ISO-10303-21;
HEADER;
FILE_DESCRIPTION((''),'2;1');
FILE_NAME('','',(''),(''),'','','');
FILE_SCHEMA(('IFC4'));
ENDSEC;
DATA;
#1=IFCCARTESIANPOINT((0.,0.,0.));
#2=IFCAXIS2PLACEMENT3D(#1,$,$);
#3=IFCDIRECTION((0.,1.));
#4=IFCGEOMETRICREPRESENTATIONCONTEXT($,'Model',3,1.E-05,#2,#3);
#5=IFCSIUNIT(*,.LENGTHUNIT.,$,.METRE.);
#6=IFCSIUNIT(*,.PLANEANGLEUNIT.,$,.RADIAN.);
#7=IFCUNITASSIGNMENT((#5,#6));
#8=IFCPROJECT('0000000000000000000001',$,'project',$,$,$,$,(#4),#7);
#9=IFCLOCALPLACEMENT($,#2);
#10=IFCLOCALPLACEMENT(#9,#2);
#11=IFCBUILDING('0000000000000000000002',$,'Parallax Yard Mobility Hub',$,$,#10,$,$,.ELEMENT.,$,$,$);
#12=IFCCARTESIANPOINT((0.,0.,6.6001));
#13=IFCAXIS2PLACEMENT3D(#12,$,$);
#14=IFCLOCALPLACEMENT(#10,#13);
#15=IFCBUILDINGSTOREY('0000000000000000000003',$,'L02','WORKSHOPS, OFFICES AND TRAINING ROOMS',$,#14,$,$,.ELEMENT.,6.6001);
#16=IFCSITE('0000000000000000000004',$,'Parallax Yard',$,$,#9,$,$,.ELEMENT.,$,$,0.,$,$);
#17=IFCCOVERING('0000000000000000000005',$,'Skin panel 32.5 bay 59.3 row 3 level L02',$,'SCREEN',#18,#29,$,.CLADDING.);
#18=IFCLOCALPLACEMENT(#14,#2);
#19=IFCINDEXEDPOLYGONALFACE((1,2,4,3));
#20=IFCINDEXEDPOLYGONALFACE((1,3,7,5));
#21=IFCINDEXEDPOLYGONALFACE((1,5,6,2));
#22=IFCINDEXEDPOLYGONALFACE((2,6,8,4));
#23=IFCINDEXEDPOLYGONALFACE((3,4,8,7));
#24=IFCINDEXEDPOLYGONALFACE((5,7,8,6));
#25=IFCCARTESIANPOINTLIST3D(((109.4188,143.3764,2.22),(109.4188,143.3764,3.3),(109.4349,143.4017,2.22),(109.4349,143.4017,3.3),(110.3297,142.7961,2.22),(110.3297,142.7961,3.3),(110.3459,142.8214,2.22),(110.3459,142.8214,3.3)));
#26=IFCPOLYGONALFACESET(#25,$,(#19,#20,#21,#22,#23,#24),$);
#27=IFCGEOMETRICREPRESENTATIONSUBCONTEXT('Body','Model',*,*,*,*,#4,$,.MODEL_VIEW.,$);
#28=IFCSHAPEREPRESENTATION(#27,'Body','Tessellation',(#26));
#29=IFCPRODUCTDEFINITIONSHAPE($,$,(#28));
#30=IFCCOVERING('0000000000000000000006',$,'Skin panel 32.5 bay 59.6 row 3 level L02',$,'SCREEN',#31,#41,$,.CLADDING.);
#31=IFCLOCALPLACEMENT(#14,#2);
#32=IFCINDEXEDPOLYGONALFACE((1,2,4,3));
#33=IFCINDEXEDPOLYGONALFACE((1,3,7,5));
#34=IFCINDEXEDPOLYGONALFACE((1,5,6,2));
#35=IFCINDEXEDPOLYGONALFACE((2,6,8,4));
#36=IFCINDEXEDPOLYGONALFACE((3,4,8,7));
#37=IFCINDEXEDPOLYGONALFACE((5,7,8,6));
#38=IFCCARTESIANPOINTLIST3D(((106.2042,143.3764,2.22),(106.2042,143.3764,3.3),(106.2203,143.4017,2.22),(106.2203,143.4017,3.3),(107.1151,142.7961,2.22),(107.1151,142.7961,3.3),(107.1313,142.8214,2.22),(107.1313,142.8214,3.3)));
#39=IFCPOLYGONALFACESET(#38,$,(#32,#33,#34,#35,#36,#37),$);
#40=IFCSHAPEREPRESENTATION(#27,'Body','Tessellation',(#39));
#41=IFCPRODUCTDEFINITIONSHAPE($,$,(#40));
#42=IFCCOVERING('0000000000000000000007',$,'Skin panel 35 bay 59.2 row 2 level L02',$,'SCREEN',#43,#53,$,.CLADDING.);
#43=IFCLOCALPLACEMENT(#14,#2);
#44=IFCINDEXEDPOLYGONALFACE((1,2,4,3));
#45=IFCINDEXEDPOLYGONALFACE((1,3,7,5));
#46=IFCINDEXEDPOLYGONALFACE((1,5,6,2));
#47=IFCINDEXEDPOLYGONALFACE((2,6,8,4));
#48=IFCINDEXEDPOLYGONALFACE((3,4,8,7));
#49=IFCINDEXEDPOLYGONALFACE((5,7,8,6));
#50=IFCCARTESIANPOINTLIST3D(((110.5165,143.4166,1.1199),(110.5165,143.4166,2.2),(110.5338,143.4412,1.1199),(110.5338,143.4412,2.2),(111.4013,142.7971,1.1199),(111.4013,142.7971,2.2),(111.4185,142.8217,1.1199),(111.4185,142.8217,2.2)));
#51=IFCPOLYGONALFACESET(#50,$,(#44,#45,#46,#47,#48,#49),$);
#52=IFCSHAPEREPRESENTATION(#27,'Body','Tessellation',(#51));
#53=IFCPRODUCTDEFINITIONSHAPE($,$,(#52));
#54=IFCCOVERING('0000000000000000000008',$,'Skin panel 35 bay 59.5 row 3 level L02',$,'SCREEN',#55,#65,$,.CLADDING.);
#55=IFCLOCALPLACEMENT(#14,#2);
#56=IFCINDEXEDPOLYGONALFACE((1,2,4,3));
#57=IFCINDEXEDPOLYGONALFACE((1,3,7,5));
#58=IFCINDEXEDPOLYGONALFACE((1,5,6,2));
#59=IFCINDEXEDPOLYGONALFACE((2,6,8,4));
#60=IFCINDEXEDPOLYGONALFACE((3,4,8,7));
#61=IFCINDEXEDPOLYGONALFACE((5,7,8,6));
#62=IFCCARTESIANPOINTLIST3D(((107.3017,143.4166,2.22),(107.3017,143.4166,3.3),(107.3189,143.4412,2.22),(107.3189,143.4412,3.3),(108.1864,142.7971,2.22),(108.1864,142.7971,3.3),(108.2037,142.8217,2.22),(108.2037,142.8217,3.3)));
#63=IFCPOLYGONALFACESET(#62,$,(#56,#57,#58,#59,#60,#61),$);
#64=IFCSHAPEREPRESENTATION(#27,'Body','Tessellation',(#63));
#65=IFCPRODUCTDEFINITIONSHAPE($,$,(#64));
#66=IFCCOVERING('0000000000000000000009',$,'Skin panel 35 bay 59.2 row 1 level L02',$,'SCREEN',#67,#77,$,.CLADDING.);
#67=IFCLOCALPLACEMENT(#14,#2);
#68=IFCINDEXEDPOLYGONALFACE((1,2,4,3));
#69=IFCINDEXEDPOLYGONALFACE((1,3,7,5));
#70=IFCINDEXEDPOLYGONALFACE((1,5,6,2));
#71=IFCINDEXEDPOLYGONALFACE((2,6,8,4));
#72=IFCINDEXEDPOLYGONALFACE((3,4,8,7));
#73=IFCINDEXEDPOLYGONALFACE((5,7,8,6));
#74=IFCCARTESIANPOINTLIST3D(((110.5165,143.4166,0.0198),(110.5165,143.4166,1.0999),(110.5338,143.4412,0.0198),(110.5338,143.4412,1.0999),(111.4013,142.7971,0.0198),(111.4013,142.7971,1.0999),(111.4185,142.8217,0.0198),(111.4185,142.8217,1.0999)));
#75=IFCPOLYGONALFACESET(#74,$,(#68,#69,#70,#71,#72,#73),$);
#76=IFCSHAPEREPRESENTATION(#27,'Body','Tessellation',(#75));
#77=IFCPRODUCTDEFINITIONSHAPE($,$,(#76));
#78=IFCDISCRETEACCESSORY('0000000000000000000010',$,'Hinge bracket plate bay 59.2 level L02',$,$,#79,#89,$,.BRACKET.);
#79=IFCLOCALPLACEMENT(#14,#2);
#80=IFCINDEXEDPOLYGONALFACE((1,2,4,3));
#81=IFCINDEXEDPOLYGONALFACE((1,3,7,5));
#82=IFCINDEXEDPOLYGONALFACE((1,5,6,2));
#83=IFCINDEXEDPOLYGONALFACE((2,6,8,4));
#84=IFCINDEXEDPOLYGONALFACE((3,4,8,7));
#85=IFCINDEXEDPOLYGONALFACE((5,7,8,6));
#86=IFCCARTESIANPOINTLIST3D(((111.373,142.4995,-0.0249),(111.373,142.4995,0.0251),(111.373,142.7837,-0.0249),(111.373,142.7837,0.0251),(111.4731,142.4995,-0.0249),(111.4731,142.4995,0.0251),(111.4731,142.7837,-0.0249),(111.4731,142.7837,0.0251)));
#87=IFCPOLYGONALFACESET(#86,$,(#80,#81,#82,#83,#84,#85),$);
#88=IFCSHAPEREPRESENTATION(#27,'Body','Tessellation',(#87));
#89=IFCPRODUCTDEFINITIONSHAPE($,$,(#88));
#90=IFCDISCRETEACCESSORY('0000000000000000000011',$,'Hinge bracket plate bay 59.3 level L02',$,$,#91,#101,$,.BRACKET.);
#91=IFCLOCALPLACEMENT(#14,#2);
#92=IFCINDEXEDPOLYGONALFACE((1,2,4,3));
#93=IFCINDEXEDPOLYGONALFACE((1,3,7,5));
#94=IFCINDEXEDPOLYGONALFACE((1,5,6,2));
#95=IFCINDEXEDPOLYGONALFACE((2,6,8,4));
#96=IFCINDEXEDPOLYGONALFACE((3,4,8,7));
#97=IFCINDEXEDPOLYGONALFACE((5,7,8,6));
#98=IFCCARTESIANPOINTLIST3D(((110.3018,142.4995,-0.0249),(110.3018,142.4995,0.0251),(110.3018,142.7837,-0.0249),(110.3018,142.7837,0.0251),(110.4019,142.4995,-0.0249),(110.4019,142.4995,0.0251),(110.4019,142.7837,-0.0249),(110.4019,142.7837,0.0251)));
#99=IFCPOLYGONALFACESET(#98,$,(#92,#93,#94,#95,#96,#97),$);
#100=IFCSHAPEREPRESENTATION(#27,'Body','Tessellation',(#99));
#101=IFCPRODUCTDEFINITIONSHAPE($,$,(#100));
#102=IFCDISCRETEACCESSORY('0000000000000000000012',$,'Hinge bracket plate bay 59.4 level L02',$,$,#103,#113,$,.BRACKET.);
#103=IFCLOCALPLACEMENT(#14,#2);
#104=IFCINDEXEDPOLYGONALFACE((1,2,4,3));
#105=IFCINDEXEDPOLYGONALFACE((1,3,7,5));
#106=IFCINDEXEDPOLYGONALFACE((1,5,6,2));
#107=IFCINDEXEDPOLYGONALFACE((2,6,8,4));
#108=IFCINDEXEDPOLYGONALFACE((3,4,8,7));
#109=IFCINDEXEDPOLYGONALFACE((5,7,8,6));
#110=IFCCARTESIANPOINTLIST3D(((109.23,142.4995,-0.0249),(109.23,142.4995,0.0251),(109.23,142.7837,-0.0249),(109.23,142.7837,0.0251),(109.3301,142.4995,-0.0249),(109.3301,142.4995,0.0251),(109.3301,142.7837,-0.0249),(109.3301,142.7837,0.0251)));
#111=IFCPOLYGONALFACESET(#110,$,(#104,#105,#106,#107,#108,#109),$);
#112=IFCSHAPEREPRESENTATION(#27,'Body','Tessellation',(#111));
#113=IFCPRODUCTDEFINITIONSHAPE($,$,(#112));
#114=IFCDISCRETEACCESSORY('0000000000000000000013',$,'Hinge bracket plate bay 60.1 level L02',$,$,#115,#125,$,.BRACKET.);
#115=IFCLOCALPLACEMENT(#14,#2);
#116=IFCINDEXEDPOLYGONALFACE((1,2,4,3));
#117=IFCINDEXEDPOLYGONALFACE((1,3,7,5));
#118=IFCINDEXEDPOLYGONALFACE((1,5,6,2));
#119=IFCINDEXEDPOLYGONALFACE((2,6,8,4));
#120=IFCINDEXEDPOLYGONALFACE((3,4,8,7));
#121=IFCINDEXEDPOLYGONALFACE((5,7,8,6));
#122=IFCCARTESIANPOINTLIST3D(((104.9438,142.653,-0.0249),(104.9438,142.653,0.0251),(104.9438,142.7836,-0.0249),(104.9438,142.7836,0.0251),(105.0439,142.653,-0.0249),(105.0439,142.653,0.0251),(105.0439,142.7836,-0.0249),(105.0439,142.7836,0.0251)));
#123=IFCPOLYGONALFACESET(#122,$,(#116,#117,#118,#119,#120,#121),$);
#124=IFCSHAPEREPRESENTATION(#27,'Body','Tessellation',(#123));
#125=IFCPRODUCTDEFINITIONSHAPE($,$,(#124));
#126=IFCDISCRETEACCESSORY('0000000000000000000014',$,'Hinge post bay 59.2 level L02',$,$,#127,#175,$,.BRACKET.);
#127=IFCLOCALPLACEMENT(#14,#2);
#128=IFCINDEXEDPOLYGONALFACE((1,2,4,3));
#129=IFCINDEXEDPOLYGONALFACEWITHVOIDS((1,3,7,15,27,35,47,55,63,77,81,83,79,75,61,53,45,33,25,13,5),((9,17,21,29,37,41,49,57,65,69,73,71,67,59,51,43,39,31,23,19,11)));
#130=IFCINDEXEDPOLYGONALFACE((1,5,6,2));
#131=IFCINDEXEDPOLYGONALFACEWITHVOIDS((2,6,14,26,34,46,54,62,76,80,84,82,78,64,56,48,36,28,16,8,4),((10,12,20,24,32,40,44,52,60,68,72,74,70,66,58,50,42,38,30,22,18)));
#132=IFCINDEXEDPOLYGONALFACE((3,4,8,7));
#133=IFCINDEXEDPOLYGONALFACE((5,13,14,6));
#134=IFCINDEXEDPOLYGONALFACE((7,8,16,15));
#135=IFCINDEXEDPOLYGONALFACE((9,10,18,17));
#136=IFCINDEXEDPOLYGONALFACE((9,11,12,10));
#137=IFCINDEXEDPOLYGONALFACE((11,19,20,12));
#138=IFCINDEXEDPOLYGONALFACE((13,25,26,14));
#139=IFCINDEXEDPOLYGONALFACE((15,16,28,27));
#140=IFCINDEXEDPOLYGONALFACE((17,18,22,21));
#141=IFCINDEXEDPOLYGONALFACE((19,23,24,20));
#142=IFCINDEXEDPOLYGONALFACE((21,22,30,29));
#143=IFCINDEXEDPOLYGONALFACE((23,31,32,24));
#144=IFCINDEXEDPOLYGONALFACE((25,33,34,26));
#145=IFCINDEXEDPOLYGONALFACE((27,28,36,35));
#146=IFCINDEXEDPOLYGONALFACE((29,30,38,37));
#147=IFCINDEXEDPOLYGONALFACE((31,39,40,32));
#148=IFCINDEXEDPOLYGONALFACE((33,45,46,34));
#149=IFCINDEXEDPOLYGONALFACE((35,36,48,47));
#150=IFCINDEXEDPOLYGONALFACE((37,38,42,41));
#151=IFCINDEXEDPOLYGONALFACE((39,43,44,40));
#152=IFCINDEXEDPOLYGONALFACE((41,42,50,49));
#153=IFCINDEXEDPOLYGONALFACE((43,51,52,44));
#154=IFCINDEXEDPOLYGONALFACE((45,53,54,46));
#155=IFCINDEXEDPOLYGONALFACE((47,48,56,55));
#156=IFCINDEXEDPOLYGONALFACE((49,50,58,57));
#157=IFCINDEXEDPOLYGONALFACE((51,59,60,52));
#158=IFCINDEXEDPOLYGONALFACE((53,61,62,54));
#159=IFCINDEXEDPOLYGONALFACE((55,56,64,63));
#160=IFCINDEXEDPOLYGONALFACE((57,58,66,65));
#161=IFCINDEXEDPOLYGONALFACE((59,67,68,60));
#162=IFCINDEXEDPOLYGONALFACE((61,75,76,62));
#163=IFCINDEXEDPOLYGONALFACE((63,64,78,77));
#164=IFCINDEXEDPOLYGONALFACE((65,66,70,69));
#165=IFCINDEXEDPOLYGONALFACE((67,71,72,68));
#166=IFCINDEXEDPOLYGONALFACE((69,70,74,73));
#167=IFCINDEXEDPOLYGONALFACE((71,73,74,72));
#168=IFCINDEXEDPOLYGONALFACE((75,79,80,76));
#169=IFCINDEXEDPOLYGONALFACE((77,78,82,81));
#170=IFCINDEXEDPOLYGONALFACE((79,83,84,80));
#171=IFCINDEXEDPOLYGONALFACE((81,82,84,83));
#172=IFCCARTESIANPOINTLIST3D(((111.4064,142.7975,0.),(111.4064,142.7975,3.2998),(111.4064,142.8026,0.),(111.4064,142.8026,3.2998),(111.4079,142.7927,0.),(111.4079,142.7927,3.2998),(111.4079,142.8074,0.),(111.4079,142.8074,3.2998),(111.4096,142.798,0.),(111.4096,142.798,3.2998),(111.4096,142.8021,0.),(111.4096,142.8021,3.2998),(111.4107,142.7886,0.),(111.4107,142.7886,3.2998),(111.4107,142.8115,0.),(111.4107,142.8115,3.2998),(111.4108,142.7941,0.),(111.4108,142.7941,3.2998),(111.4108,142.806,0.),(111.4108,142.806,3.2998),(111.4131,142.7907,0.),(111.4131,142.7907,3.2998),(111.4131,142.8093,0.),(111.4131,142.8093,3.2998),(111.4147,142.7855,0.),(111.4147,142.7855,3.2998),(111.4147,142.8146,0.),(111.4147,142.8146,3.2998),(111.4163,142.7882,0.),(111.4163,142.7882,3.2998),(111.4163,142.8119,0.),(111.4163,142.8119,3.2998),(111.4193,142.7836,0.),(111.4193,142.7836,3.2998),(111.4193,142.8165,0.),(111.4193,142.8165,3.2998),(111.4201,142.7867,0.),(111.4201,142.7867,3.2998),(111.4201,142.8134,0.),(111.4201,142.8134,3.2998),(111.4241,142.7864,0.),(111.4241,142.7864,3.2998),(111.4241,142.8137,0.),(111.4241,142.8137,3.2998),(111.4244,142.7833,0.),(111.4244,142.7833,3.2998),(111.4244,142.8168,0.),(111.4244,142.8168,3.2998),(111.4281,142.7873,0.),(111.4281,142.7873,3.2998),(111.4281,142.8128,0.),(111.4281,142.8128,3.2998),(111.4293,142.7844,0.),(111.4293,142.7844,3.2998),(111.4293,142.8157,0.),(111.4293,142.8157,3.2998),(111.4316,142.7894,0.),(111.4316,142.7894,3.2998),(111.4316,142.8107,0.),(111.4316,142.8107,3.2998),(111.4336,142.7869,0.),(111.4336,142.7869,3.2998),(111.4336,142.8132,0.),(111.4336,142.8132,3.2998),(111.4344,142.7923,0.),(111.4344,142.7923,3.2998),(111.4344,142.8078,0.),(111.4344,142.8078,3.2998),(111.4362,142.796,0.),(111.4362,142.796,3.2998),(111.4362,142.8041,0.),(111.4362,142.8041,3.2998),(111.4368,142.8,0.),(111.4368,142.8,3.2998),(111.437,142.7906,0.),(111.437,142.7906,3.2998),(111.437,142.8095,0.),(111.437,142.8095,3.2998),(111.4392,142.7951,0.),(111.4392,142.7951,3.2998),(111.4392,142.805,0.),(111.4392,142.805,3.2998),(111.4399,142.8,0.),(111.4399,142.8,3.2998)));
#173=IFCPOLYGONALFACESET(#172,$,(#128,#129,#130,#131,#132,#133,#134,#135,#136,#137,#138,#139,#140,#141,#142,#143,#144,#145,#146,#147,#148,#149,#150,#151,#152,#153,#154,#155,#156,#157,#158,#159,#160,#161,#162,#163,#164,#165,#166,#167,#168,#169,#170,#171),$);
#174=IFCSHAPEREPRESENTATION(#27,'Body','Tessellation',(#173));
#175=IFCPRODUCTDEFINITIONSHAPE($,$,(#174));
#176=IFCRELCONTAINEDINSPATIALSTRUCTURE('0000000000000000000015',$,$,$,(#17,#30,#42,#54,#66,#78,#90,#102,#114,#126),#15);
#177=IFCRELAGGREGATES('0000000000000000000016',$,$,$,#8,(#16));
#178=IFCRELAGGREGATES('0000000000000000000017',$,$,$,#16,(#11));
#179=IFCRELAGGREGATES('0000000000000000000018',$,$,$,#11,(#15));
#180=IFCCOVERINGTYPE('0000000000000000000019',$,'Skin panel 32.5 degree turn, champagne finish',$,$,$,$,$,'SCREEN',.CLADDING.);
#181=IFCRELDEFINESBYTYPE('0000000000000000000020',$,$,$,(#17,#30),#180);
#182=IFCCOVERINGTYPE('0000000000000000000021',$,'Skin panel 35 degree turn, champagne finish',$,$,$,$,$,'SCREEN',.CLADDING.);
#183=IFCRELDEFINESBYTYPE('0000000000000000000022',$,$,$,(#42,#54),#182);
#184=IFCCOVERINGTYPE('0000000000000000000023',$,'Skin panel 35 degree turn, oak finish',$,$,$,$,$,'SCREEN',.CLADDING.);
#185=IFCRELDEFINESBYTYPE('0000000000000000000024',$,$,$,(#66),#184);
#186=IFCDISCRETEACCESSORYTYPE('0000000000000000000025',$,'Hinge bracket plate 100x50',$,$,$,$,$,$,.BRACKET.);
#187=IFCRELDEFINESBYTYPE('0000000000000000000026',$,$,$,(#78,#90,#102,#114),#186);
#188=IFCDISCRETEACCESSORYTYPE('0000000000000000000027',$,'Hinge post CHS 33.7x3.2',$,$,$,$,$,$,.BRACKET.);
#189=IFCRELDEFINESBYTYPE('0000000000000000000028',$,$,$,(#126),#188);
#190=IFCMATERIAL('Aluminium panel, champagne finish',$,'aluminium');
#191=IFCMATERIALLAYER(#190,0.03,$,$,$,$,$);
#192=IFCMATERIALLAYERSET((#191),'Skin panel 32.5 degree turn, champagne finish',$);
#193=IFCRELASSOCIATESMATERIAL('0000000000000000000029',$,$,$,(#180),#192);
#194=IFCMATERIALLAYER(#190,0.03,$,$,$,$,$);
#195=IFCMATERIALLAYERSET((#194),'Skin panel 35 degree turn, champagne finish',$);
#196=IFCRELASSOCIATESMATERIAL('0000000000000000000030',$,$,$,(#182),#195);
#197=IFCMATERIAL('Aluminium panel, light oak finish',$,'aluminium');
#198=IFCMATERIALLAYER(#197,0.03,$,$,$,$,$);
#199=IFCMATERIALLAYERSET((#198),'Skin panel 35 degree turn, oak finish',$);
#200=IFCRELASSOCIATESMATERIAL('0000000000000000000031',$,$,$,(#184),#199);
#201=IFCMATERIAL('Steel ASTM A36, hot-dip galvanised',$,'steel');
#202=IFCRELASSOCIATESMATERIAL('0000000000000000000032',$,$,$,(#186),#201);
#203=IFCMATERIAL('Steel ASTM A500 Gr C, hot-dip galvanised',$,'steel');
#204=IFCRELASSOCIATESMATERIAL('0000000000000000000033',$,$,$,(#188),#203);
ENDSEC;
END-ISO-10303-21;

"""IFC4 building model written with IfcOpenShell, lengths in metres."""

from ifc_helpers import new_model, si_unit, direction, frame, origin, origin_2d, place, context, subcontext, project, spatial, rectangle, hollow_circle, extrude, material, layer, layer_set, material_profile, profile_set, type_object, element, save


model = new_model("IFC4")

# Units and contexts
model_context = context("Model", 3, precision=1e-05, world=origin(), true_north=direction((0.0, 1.0)))
body_context = subcontext(model_context, "Body", "Model", "MODEL_VIEW")
ifc_project = project(units=[si_unit("LENGTHUNIT", "METRE"), si_unit("PLANEANGLEUNIT", "RADIAN")], contexts=[model_context])

# Site, building, storey
site_placement = place(None, origin())
site = spatial("IfcSite", under=ifc_project, at=site_placement, Name="Parallax Yard", CompositionType="ELEMENT", RefElevation=0.0)
building_placement = place(site_placement, origin())
building = spatial("IfcBuilding", under=site, at=building_placement, Name="Parallax Yard Mobility Hub", CompositionType="ELEMENT")
storey_placement = place(building_placement, frame((0.0, 0.0, 6.6001)))
storey = spatial("IfcBuildingStorey", under=building, at=storey_placement, Name="L02", Description="WORKSHOPS, OFFICES AND TRAINING ROOMS", CompositionType="ELEMENT", Elevation=6.6001)

# Coverings
ifc_material_1 = material(Name="Aluminium panel, champagne finish", Category="aluminium")
ifc_material_2 = material(Name="Aluminium panel, light oak finish", Category="aluminium")
ifc_layer_1 = layer(ifc_material_1, 0.03)
ifc_layer_set_1 = layer_set([ifc_layer_1], Name="Skin panel 32.5 degree turn, champagne finish")
covering_type_1 = type_object("IfcCoveringType", Name="Skin panel 32.5 degree turn, champagne finish", ElementType="SCREEN", PredefinedType="CLADDING", material=ifc_layer_set_1)
for number, where, z_axis, x_axis, name in (
    (1, (109.8823, 143.0989, 2.22), (0.0, 0.0, 1.0), (-0.843391, 0.5373, 0.0), "Skin panel 32.5 bay 59.3 row 3 level L02"),
    (2, (106.6677, 143.0989, 2.22), (0.0, 0.0, 1.0), (-0.843391, 0.5373, 0.0), "Skin panel 32.5 bay 59.6 row 3 level L02"),
):
    element("IfcCovering", number, at=place(storey_placement, frame(where, z_axis=z_axis, x_axis=x_axis)), inside=storey, type_object=covering_type_1, Name=name, ObjectType="SCREEN", PredefinedType="CLADDING", context=body_context, shape_type="SweptSolid", body=[
        extrude(rectangle(XDim=1.0801, YDim=0.03, at=origin_2d()), origin(), (0.0, 0.0, 1.0), 1.0801),
    ])
ifc_layer_2 = layer(ifc_material_1, 0.03)
ifc_layer_set_2 = layer_set([ifc_layer_2], Name="Skin panel 35 degree turn, champagne finish")
covering_type_2 = type_object("IfcCoveringType", Name="Skin panel 35 degree turn, champagne finish", ElementType="SCREEN", PredefinedType="CLADDING", material=ifc_layer_set_2)
for number, where, z_axis, x_axis, name in (
    (3, (110.9675, 143.1191, 1.1199), (0.0, 0.0, 1.0), (-0.819152, 0.573576, 0.0), "Skin panel 35 bay 59.2 row 2 level L02"),
    (4, (107.7527, 143.1191, 2.22), (0.0, 0.0, 1.0), (-0.819152, 0.573576, 0.0), "Skin panel 35 bay 59.5 row 3 level L02"),
):
    element("IfcCovering", number, at=place(storey_placement, frame(where, z_axis=z_axis, x_axis=x_axis)), inside=storey, type_object=covering_type_2, Name=name, ObjectType="SCREEN", PredefinedType="CLADDING", context=body_context, shape_type="SweptSolid", body=[
        extrude(rectangle(XDim=1.0801, YDim=0.03, at=origin_2d()), origin(), (0.0, 0.0, 1.0), 1.0801),
    ])
ifc_layer_3 = layer(ifc_material_2, 0.03)
ifc_layer_set_3 = layer_set([ifc_layer_3], Name="Skin panel 35 degree turn, oak finish")
covering_type_3 = type_object("IfcCoveringType", Name="Skin panel 35 degree turn, oak finish", ElementType="SCREEN", PredefinedType="CLADDING", material=ifc_layer_set_3)
covering_1_placement = place(storey_placement, frame((110.9675, 143.1191, 0.0198), z_axis=(0.0, 0.0, 1.0), x_axis=(-0.819152, 0.573576, 0.0)))
element("IfcCovering", 5, at=covering_1_placement, inside=storey, type_object=covering_type_3, Name="Skin panel 35 bay 59.2 row 1 level L02", ObjectType="SCREEN", PredefinedType="CLADDING", context=body_context, shape_type="SweptSolid", body=[
    extrude(rectangle(XDim=1.0801, YDim=0.03, at=origin_2d()), origin(), (0.0, 0.0, 1.0), 1.0801),
])

# Discrete accessories
ifc_material_3 = material(Name="Steel ASTM A36, hot-dip galvanised", Category="steel")
discrete_accessory_type_1 = type_object("IfcDiscreteAccessoryType", Name="Hinge bracket plate 100x50", PredefinedType="BRACKET", material=ifc_material_3)
for number, where, z_axis, x_axis, name in (
    (6, (111.4231, 142.6416, -0.0249), (0.0, 0.0, 1.0), (0.0, 1.0, 0.0), "Hinge bracket plate bay 59.2 level L02"),
    (7, (110.3518, 142.6416, -0.0249), (0.0, 0.0, 1.0), (0.0, 1.0, 0.0), "Hinge bracket plate bay 59.3 level L02"),
    (8, (109.28, 142.6416, -0.0249), (0.0, 0.0, 1.0), (0.0, 1.0, 0.0), "Hinge bracket plate bay 59.4 level L02"),
):
    element("IfcDiscreteAccessory", number, at=place(storey_placement, frame(where, z_axis=z_axis, x_axis=x_axis)), inside=storey, type_object=discrete_accessory_type_1, Name=name, PredefinedType="BRACKET", context=body_context, shape_type="SweptSolid", body=[
        extrude(rectangle(XDim=0.2842, YDim=0.1001, at=origin_2d()), origin(), (0.0, 0.0, 1.0), 0.05),
    ])
discrete_accessory_placement = place(storey_placement, frame((104.9939, 142.7183, -0.0249), z_axis=(0.0, 0.0, 1.0), x_axis=(0.0, 1.0, 0.0)))
element("IfcDiscreteAccessory", 9, at=discrete_accessory_placement, inside=storey, type_object=discrete_accessory_type_1, Name="Hinge bracket plate bay 60.1 level L02", PredefinedType="BRACKET", context=body_context, shape_type="SweptSolid", body=[
    extrude(rectangle(XDim=0.1306, YDim=0.1001, at=origin_2d()), origin(), (0.0, 0.0, 1.0), 0.05),
])
ifc_material_4 = material(Name="Steel ASTM A500 Gr C, hot-dip galvanised", Category="steel")
ifc_material_profile = material_profile(ifc_material_4, hollow_circle(Radius=0.0168, WallThickness=0.0032, at=origin_2d()), Name="CHS 33.7x3.2")
ifc_profile_set = profile_set([ifc_material_profile], Name="Steel ASTM A500 Gr C, hot-dip galvanised")
discrete_accessory_type_2 = type_object("IfcDiscreteAccessoryType", Name="Hinge post CHS 33.7x3.2", PredefinedType="BRACKET", material=ifc_profile_set)
for number, where, z_axis, x_axis, name in (
    (10, (111.4231, 142.8, 0.0), (0.0, 0.0, 1.0), (1.0, 0.0, 0.0), "Hinge post bay 59.2 level L02"),
):
    element("IfcDiscreteAccessory", number, at=place(storey_placement, frame(where, z_axis=z_axis, x_axis=x_axis)), inside=storey, type_object=discrete_accessory_type_2, Name=name, PredefinedType="BRACKET", context=body_context, shape_type="SweptSolid", body=[
        extrude(hollow_circle(Radius=0.0168, WallThickness=0.0032, at=origin_2d()), origin(), (0.0, 0.0, 1.0), 3.2998),
    ])

save(model, "model.ifc")
